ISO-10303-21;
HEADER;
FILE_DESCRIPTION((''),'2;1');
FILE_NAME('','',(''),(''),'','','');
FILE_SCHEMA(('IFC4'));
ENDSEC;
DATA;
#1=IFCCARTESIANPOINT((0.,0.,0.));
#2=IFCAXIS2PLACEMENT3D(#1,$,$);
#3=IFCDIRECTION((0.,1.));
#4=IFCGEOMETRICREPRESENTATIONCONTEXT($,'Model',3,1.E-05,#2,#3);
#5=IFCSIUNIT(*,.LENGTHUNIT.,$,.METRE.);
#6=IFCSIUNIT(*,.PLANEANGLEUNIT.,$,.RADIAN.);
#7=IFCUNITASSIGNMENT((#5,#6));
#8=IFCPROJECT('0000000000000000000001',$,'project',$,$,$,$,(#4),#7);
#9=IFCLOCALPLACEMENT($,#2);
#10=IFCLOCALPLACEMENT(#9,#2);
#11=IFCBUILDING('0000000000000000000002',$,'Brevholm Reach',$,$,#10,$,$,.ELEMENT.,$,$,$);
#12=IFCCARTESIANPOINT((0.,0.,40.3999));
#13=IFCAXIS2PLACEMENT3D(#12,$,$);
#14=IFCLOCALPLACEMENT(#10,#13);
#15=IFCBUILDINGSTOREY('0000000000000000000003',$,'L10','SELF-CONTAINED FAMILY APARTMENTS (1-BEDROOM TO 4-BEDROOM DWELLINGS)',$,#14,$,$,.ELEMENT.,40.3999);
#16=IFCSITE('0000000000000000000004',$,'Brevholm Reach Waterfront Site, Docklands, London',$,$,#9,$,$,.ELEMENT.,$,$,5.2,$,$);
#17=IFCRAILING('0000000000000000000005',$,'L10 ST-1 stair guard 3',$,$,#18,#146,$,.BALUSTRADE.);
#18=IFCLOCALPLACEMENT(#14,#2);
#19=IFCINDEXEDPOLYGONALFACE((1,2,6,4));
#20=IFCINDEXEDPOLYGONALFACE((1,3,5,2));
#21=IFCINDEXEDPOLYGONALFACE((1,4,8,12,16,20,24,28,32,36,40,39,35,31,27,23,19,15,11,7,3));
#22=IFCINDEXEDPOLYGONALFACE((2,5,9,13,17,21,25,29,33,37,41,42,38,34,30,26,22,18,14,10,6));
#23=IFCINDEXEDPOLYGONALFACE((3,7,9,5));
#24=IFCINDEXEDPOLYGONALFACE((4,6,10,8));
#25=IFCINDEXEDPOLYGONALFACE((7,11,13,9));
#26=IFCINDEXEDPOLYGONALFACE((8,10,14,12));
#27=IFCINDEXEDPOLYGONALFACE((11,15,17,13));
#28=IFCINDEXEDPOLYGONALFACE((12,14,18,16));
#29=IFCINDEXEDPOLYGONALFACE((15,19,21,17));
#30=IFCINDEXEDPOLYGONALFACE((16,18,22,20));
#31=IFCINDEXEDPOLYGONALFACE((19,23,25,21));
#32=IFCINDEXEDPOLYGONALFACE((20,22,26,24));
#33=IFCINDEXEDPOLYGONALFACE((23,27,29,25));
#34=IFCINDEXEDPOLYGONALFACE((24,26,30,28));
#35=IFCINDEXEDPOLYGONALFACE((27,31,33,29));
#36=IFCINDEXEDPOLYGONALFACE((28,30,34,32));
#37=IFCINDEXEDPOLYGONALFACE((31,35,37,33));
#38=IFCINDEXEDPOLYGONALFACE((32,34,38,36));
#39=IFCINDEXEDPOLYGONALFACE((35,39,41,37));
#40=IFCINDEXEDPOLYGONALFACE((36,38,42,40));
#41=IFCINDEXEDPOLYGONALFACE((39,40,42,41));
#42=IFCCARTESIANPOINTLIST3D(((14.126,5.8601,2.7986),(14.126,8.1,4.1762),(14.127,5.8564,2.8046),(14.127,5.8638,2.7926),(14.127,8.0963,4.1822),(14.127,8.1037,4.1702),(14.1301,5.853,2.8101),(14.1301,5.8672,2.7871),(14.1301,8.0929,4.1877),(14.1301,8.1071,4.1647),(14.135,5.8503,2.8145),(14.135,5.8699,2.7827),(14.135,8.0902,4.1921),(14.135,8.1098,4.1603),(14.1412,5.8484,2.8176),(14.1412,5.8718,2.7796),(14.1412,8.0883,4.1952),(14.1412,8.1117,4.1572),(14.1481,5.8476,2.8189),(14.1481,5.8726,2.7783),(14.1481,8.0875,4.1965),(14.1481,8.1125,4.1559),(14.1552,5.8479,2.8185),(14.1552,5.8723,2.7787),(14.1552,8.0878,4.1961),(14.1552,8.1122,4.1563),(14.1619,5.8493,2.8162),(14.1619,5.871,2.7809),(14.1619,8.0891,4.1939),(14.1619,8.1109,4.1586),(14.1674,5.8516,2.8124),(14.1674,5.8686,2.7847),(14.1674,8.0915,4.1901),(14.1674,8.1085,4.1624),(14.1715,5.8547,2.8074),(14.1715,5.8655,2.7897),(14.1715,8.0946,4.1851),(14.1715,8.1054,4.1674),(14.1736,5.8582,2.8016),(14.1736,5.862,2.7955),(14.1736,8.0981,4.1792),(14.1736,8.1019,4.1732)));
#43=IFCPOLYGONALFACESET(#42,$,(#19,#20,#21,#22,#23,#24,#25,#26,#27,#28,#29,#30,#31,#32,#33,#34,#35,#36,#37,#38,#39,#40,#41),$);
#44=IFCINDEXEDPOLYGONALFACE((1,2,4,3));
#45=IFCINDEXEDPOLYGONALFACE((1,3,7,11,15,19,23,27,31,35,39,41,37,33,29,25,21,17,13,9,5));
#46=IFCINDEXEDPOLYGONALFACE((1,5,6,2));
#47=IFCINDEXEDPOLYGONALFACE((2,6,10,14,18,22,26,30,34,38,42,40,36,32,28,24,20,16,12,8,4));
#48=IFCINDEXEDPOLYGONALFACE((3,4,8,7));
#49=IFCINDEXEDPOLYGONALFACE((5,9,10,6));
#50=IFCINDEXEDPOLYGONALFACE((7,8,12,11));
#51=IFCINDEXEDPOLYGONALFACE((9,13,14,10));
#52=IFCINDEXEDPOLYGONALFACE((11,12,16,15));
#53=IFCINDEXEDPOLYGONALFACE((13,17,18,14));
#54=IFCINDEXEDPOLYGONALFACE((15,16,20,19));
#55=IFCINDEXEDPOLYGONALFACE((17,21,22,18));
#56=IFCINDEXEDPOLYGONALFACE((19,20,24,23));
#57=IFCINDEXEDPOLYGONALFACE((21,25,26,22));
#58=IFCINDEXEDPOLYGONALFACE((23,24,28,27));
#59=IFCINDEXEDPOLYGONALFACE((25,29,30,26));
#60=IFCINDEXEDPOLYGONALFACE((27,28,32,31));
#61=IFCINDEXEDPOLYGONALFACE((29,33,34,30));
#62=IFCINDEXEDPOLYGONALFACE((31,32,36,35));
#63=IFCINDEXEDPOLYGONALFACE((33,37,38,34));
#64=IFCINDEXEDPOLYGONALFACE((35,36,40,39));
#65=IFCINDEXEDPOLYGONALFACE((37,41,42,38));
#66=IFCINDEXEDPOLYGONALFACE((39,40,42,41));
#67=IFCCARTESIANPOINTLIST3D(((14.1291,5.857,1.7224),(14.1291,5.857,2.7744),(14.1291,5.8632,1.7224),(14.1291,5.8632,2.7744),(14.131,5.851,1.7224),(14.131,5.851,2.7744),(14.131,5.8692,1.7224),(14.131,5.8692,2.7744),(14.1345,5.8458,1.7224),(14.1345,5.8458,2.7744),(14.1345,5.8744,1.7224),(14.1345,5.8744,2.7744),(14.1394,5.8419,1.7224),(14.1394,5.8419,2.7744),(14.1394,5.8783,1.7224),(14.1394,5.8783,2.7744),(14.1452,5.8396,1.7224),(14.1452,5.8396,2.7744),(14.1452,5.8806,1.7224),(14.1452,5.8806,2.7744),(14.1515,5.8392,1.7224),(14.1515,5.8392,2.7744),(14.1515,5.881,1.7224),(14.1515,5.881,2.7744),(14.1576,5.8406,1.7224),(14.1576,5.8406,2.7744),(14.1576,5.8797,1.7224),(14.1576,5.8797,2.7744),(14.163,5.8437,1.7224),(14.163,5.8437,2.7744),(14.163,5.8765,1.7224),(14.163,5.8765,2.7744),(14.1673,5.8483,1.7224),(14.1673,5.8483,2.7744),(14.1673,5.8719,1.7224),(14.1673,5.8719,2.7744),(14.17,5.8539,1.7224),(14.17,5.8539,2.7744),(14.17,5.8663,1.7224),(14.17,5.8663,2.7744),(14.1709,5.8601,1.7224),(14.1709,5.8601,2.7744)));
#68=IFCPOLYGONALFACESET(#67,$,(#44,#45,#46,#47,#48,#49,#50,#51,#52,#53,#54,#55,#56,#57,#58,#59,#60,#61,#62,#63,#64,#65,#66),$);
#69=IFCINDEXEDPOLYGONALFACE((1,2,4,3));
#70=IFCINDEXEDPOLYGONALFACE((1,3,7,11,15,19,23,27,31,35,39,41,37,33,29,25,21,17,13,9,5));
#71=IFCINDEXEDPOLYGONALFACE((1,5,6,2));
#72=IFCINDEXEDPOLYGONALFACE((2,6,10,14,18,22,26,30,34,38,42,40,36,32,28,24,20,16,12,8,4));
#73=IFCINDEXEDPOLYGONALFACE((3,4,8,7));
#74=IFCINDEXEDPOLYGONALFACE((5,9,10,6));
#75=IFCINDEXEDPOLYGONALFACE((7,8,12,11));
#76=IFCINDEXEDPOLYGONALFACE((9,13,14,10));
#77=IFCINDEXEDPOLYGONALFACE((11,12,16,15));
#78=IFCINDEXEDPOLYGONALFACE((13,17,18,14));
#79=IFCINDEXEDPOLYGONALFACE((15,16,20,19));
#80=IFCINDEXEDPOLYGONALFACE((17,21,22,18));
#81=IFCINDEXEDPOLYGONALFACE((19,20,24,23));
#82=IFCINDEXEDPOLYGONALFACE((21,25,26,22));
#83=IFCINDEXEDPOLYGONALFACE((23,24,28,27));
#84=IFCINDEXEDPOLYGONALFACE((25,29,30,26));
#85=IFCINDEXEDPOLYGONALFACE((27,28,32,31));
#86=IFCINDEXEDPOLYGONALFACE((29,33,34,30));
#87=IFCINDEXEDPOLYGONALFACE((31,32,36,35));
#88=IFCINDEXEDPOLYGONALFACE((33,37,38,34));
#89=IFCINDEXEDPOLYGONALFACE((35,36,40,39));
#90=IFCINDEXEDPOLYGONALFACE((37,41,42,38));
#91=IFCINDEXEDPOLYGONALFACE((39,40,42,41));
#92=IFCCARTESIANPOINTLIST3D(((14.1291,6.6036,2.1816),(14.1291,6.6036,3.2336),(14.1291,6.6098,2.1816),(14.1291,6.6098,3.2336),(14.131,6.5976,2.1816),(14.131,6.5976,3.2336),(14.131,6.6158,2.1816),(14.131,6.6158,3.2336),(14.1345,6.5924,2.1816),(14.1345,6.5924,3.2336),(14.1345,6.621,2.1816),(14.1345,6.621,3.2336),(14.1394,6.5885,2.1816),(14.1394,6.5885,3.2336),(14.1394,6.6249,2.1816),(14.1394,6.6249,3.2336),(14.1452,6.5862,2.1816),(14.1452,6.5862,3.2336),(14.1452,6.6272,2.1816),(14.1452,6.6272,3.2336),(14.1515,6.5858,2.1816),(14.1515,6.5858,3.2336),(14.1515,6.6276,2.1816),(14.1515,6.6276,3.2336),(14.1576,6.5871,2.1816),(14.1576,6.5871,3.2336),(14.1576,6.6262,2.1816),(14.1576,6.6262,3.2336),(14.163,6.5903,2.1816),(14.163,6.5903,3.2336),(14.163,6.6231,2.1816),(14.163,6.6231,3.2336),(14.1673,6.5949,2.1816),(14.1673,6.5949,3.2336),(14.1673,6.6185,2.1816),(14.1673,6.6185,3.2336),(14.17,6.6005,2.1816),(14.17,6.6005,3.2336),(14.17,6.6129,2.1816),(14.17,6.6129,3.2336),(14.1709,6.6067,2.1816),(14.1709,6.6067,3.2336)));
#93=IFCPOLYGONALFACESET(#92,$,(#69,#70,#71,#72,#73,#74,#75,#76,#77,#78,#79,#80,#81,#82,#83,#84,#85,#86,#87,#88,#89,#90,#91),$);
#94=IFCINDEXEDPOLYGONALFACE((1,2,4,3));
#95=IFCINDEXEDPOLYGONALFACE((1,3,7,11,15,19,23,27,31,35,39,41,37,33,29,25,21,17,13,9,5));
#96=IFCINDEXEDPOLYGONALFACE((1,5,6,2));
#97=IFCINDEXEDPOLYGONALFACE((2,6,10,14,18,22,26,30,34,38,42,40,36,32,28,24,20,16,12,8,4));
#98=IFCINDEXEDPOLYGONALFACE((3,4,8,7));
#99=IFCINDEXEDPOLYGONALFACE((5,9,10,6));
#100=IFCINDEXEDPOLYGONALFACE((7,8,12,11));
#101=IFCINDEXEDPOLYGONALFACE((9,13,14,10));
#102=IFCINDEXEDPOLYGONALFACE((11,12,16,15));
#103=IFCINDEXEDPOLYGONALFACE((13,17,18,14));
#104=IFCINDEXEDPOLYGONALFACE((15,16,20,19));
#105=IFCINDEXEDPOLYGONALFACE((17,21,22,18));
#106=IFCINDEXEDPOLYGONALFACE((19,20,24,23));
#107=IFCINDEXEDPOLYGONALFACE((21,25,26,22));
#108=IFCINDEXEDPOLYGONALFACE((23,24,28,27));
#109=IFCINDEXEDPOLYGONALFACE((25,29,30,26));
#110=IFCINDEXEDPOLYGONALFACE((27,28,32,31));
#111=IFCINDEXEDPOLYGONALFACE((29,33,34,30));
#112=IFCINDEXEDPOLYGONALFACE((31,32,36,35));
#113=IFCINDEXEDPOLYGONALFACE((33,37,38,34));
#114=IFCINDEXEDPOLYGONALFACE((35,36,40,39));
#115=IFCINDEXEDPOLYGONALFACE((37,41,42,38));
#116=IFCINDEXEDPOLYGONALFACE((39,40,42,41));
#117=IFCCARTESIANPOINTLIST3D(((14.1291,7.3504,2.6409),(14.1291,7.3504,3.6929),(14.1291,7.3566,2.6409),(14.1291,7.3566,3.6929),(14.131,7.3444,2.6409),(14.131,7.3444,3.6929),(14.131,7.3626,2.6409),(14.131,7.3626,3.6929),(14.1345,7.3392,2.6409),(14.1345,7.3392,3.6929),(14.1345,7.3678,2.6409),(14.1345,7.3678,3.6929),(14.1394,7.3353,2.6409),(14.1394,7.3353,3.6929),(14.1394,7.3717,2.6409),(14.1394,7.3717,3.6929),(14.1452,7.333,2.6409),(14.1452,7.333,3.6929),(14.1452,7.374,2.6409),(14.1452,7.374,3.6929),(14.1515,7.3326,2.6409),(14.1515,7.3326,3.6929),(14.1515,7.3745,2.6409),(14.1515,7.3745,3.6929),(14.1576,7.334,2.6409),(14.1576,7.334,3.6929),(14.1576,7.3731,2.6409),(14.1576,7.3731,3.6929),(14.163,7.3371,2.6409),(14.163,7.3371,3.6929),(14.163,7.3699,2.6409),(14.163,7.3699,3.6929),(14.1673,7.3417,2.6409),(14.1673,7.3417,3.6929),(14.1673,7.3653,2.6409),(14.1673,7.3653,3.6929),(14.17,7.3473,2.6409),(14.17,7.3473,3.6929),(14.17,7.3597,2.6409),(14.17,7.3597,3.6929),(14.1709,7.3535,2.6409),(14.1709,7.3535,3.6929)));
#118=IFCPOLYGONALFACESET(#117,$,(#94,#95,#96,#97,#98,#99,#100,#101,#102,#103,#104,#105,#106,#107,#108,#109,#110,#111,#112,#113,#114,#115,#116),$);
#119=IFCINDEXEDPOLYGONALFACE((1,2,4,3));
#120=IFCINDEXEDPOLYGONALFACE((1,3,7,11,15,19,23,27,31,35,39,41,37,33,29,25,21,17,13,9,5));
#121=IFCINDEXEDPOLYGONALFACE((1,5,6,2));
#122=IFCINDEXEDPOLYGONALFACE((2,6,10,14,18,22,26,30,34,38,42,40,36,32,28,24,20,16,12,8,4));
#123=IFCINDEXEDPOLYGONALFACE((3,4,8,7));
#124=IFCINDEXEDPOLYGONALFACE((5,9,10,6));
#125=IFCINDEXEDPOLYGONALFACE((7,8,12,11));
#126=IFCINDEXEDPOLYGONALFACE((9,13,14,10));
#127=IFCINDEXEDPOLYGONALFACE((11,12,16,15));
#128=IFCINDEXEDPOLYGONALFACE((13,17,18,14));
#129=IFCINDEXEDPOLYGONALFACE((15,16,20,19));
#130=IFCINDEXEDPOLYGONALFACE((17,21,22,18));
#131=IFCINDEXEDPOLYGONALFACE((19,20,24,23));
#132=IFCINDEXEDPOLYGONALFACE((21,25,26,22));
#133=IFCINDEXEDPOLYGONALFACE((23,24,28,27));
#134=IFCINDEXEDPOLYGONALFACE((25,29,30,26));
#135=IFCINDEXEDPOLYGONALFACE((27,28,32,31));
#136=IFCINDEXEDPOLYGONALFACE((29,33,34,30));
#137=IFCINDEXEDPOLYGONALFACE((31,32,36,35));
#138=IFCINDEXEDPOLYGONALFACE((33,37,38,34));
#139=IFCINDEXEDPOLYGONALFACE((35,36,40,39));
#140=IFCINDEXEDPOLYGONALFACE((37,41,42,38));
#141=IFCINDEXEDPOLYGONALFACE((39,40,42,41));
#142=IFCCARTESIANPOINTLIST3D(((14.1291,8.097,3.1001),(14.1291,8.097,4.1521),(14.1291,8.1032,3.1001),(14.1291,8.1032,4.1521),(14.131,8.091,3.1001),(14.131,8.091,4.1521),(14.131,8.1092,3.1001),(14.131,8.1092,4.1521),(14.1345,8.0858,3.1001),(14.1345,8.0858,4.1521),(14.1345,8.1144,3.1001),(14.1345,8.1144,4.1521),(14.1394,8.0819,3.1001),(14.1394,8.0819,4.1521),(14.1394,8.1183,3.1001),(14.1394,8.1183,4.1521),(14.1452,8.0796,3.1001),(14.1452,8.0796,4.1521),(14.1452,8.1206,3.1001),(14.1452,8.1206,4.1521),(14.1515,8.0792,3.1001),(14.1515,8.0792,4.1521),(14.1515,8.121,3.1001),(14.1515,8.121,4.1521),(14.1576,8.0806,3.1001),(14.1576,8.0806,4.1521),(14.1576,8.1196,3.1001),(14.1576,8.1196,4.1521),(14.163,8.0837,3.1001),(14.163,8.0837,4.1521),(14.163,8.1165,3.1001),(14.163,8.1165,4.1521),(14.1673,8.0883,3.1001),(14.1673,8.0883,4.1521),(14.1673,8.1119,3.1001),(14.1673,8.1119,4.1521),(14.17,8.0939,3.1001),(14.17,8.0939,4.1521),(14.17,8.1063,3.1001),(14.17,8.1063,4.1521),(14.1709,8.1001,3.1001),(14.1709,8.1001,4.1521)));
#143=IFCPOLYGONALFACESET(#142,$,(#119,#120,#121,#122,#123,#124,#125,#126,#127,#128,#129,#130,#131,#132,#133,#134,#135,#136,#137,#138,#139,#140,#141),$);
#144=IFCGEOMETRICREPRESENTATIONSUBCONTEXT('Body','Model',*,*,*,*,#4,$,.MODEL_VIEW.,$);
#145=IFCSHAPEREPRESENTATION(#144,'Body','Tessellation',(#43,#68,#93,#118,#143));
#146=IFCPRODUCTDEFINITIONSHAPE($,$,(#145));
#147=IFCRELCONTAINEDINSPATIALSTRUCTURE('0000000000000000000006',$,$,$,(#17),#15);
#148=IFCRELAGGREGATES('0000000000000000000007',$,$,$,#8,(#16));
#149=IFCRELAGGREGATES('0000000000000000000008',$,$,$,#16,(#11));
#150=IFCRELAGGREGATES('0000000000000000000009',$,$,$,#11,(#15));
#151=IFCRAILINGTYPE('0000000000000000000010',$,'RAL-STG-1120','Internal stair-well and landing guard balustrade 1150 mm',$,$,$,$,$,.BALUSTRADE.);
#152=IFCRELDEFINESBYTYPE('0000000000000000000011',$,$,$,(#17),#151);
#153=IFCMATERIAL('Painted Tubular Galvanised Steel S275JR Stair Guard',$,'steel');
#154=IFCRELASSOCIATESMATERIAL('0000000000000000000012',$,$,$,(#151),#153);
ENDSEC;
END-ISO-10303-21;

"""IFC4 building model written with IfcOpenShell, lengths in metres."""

from ifc_helpers import new_model, si_unit, direction, frame, origin, origin_2d, place, context, subcontext, project, spatial, circle, extrude, material, type_object, element, save


model = new_model("IFC4")

# Units and contexts
model_context = context("Model", 3, precision=1e-05, world=origin(), true_north=direction((0.0, 1.0)))
body_context = subcontext(model_context, "Body", "Model", "MODEL_VIEW")
ifc_project = project(units=[si_unit("LENGTHUNIT", "METRE"), si_unit("PLANEANGLEUNIT", "RADIAN")], contexts=[model_context])

# Site, building, storey
site_placement = place(None, origin())
site = spatial("IfcSite", under=ifc_project, at=site_placement, Name="Brevholm Reach Waterfront Site, Docklands, London", CompositionType="ELEMENT", RefElevation=5.2)
building_placement = place(site_placement, origin())
building = spatial("IfcBuilding", under=site, at=building_placement, Name="Brevholm Reach", CompositionType="ELEMENT")
storey_placement = place(building_placement, frame((0.0, 0.0, 40.3999)))
storey = spatial("IfcBuildingStorey", under=building, at=storey_placement, Name="L10", Description="SELF-CONTAINED FAMILY APARTMENTS (1-BEDROOM TO 4-BEDROOM DWELLINGS)", CompositionType="ELEMENT", Elevation=40.3999)

# Railing
ifc_material_1 = material(Name="Painted Tubular Galvanised Steel S275JR Stair Guard", Category="steel")
railing_type_1 = type_object("IfcRailingType", Name="RAL-STG-1120", Description="Internal stair-well and landing guard balustrade 1150 mm", PredefinedType="BALUSTRADE", material=ifc_material_1)
railing_1_placement = place(storey_placement, frame((14.1499, 5.8601, 1.7224)))
element("IfcRailing", 1, at=railing_1_placement, inside=storey, type_object=railing_type_1, Name="L10 ST-1 stair guard 3", PredefinedType="BALUSTRADE", context=body_context, shape_type="SweptSolid", body=[
    extrude(circle(Radius=0.0239, at=origin_2d()), frame((0.0, 0.0, 1.0762), z_axis=(0.0, 0.851789, 0.523885), x_axis=(-1.0, 0.0, 0.0)), (0.0, 0.0, 1.0), 2.6296),
    extrude(circle(Radius=0.021, at=origin_2d()), origin(), (0.0, 0.0, 1.0), 1.052),
    extrude(circle(Radius=0.021, at=origin_2d()), frame((0.0, 0.7466, 0.4592)), (0.0, 0.0, 1.0), 1.052),
    extrude(circle(Radius=0.021, at=origin_2d()), frame((0.0, 1.4934, 0.9185)), (0.0, 0.0, 1.0), 1.052),
    extrude(circle(Radius=0.021, at=origin_2d()), frame((0.0, 2.24, 1.3777)), (0.0, 0.0, 1.0), 1.052),
])

save(model, "model.ifc")
